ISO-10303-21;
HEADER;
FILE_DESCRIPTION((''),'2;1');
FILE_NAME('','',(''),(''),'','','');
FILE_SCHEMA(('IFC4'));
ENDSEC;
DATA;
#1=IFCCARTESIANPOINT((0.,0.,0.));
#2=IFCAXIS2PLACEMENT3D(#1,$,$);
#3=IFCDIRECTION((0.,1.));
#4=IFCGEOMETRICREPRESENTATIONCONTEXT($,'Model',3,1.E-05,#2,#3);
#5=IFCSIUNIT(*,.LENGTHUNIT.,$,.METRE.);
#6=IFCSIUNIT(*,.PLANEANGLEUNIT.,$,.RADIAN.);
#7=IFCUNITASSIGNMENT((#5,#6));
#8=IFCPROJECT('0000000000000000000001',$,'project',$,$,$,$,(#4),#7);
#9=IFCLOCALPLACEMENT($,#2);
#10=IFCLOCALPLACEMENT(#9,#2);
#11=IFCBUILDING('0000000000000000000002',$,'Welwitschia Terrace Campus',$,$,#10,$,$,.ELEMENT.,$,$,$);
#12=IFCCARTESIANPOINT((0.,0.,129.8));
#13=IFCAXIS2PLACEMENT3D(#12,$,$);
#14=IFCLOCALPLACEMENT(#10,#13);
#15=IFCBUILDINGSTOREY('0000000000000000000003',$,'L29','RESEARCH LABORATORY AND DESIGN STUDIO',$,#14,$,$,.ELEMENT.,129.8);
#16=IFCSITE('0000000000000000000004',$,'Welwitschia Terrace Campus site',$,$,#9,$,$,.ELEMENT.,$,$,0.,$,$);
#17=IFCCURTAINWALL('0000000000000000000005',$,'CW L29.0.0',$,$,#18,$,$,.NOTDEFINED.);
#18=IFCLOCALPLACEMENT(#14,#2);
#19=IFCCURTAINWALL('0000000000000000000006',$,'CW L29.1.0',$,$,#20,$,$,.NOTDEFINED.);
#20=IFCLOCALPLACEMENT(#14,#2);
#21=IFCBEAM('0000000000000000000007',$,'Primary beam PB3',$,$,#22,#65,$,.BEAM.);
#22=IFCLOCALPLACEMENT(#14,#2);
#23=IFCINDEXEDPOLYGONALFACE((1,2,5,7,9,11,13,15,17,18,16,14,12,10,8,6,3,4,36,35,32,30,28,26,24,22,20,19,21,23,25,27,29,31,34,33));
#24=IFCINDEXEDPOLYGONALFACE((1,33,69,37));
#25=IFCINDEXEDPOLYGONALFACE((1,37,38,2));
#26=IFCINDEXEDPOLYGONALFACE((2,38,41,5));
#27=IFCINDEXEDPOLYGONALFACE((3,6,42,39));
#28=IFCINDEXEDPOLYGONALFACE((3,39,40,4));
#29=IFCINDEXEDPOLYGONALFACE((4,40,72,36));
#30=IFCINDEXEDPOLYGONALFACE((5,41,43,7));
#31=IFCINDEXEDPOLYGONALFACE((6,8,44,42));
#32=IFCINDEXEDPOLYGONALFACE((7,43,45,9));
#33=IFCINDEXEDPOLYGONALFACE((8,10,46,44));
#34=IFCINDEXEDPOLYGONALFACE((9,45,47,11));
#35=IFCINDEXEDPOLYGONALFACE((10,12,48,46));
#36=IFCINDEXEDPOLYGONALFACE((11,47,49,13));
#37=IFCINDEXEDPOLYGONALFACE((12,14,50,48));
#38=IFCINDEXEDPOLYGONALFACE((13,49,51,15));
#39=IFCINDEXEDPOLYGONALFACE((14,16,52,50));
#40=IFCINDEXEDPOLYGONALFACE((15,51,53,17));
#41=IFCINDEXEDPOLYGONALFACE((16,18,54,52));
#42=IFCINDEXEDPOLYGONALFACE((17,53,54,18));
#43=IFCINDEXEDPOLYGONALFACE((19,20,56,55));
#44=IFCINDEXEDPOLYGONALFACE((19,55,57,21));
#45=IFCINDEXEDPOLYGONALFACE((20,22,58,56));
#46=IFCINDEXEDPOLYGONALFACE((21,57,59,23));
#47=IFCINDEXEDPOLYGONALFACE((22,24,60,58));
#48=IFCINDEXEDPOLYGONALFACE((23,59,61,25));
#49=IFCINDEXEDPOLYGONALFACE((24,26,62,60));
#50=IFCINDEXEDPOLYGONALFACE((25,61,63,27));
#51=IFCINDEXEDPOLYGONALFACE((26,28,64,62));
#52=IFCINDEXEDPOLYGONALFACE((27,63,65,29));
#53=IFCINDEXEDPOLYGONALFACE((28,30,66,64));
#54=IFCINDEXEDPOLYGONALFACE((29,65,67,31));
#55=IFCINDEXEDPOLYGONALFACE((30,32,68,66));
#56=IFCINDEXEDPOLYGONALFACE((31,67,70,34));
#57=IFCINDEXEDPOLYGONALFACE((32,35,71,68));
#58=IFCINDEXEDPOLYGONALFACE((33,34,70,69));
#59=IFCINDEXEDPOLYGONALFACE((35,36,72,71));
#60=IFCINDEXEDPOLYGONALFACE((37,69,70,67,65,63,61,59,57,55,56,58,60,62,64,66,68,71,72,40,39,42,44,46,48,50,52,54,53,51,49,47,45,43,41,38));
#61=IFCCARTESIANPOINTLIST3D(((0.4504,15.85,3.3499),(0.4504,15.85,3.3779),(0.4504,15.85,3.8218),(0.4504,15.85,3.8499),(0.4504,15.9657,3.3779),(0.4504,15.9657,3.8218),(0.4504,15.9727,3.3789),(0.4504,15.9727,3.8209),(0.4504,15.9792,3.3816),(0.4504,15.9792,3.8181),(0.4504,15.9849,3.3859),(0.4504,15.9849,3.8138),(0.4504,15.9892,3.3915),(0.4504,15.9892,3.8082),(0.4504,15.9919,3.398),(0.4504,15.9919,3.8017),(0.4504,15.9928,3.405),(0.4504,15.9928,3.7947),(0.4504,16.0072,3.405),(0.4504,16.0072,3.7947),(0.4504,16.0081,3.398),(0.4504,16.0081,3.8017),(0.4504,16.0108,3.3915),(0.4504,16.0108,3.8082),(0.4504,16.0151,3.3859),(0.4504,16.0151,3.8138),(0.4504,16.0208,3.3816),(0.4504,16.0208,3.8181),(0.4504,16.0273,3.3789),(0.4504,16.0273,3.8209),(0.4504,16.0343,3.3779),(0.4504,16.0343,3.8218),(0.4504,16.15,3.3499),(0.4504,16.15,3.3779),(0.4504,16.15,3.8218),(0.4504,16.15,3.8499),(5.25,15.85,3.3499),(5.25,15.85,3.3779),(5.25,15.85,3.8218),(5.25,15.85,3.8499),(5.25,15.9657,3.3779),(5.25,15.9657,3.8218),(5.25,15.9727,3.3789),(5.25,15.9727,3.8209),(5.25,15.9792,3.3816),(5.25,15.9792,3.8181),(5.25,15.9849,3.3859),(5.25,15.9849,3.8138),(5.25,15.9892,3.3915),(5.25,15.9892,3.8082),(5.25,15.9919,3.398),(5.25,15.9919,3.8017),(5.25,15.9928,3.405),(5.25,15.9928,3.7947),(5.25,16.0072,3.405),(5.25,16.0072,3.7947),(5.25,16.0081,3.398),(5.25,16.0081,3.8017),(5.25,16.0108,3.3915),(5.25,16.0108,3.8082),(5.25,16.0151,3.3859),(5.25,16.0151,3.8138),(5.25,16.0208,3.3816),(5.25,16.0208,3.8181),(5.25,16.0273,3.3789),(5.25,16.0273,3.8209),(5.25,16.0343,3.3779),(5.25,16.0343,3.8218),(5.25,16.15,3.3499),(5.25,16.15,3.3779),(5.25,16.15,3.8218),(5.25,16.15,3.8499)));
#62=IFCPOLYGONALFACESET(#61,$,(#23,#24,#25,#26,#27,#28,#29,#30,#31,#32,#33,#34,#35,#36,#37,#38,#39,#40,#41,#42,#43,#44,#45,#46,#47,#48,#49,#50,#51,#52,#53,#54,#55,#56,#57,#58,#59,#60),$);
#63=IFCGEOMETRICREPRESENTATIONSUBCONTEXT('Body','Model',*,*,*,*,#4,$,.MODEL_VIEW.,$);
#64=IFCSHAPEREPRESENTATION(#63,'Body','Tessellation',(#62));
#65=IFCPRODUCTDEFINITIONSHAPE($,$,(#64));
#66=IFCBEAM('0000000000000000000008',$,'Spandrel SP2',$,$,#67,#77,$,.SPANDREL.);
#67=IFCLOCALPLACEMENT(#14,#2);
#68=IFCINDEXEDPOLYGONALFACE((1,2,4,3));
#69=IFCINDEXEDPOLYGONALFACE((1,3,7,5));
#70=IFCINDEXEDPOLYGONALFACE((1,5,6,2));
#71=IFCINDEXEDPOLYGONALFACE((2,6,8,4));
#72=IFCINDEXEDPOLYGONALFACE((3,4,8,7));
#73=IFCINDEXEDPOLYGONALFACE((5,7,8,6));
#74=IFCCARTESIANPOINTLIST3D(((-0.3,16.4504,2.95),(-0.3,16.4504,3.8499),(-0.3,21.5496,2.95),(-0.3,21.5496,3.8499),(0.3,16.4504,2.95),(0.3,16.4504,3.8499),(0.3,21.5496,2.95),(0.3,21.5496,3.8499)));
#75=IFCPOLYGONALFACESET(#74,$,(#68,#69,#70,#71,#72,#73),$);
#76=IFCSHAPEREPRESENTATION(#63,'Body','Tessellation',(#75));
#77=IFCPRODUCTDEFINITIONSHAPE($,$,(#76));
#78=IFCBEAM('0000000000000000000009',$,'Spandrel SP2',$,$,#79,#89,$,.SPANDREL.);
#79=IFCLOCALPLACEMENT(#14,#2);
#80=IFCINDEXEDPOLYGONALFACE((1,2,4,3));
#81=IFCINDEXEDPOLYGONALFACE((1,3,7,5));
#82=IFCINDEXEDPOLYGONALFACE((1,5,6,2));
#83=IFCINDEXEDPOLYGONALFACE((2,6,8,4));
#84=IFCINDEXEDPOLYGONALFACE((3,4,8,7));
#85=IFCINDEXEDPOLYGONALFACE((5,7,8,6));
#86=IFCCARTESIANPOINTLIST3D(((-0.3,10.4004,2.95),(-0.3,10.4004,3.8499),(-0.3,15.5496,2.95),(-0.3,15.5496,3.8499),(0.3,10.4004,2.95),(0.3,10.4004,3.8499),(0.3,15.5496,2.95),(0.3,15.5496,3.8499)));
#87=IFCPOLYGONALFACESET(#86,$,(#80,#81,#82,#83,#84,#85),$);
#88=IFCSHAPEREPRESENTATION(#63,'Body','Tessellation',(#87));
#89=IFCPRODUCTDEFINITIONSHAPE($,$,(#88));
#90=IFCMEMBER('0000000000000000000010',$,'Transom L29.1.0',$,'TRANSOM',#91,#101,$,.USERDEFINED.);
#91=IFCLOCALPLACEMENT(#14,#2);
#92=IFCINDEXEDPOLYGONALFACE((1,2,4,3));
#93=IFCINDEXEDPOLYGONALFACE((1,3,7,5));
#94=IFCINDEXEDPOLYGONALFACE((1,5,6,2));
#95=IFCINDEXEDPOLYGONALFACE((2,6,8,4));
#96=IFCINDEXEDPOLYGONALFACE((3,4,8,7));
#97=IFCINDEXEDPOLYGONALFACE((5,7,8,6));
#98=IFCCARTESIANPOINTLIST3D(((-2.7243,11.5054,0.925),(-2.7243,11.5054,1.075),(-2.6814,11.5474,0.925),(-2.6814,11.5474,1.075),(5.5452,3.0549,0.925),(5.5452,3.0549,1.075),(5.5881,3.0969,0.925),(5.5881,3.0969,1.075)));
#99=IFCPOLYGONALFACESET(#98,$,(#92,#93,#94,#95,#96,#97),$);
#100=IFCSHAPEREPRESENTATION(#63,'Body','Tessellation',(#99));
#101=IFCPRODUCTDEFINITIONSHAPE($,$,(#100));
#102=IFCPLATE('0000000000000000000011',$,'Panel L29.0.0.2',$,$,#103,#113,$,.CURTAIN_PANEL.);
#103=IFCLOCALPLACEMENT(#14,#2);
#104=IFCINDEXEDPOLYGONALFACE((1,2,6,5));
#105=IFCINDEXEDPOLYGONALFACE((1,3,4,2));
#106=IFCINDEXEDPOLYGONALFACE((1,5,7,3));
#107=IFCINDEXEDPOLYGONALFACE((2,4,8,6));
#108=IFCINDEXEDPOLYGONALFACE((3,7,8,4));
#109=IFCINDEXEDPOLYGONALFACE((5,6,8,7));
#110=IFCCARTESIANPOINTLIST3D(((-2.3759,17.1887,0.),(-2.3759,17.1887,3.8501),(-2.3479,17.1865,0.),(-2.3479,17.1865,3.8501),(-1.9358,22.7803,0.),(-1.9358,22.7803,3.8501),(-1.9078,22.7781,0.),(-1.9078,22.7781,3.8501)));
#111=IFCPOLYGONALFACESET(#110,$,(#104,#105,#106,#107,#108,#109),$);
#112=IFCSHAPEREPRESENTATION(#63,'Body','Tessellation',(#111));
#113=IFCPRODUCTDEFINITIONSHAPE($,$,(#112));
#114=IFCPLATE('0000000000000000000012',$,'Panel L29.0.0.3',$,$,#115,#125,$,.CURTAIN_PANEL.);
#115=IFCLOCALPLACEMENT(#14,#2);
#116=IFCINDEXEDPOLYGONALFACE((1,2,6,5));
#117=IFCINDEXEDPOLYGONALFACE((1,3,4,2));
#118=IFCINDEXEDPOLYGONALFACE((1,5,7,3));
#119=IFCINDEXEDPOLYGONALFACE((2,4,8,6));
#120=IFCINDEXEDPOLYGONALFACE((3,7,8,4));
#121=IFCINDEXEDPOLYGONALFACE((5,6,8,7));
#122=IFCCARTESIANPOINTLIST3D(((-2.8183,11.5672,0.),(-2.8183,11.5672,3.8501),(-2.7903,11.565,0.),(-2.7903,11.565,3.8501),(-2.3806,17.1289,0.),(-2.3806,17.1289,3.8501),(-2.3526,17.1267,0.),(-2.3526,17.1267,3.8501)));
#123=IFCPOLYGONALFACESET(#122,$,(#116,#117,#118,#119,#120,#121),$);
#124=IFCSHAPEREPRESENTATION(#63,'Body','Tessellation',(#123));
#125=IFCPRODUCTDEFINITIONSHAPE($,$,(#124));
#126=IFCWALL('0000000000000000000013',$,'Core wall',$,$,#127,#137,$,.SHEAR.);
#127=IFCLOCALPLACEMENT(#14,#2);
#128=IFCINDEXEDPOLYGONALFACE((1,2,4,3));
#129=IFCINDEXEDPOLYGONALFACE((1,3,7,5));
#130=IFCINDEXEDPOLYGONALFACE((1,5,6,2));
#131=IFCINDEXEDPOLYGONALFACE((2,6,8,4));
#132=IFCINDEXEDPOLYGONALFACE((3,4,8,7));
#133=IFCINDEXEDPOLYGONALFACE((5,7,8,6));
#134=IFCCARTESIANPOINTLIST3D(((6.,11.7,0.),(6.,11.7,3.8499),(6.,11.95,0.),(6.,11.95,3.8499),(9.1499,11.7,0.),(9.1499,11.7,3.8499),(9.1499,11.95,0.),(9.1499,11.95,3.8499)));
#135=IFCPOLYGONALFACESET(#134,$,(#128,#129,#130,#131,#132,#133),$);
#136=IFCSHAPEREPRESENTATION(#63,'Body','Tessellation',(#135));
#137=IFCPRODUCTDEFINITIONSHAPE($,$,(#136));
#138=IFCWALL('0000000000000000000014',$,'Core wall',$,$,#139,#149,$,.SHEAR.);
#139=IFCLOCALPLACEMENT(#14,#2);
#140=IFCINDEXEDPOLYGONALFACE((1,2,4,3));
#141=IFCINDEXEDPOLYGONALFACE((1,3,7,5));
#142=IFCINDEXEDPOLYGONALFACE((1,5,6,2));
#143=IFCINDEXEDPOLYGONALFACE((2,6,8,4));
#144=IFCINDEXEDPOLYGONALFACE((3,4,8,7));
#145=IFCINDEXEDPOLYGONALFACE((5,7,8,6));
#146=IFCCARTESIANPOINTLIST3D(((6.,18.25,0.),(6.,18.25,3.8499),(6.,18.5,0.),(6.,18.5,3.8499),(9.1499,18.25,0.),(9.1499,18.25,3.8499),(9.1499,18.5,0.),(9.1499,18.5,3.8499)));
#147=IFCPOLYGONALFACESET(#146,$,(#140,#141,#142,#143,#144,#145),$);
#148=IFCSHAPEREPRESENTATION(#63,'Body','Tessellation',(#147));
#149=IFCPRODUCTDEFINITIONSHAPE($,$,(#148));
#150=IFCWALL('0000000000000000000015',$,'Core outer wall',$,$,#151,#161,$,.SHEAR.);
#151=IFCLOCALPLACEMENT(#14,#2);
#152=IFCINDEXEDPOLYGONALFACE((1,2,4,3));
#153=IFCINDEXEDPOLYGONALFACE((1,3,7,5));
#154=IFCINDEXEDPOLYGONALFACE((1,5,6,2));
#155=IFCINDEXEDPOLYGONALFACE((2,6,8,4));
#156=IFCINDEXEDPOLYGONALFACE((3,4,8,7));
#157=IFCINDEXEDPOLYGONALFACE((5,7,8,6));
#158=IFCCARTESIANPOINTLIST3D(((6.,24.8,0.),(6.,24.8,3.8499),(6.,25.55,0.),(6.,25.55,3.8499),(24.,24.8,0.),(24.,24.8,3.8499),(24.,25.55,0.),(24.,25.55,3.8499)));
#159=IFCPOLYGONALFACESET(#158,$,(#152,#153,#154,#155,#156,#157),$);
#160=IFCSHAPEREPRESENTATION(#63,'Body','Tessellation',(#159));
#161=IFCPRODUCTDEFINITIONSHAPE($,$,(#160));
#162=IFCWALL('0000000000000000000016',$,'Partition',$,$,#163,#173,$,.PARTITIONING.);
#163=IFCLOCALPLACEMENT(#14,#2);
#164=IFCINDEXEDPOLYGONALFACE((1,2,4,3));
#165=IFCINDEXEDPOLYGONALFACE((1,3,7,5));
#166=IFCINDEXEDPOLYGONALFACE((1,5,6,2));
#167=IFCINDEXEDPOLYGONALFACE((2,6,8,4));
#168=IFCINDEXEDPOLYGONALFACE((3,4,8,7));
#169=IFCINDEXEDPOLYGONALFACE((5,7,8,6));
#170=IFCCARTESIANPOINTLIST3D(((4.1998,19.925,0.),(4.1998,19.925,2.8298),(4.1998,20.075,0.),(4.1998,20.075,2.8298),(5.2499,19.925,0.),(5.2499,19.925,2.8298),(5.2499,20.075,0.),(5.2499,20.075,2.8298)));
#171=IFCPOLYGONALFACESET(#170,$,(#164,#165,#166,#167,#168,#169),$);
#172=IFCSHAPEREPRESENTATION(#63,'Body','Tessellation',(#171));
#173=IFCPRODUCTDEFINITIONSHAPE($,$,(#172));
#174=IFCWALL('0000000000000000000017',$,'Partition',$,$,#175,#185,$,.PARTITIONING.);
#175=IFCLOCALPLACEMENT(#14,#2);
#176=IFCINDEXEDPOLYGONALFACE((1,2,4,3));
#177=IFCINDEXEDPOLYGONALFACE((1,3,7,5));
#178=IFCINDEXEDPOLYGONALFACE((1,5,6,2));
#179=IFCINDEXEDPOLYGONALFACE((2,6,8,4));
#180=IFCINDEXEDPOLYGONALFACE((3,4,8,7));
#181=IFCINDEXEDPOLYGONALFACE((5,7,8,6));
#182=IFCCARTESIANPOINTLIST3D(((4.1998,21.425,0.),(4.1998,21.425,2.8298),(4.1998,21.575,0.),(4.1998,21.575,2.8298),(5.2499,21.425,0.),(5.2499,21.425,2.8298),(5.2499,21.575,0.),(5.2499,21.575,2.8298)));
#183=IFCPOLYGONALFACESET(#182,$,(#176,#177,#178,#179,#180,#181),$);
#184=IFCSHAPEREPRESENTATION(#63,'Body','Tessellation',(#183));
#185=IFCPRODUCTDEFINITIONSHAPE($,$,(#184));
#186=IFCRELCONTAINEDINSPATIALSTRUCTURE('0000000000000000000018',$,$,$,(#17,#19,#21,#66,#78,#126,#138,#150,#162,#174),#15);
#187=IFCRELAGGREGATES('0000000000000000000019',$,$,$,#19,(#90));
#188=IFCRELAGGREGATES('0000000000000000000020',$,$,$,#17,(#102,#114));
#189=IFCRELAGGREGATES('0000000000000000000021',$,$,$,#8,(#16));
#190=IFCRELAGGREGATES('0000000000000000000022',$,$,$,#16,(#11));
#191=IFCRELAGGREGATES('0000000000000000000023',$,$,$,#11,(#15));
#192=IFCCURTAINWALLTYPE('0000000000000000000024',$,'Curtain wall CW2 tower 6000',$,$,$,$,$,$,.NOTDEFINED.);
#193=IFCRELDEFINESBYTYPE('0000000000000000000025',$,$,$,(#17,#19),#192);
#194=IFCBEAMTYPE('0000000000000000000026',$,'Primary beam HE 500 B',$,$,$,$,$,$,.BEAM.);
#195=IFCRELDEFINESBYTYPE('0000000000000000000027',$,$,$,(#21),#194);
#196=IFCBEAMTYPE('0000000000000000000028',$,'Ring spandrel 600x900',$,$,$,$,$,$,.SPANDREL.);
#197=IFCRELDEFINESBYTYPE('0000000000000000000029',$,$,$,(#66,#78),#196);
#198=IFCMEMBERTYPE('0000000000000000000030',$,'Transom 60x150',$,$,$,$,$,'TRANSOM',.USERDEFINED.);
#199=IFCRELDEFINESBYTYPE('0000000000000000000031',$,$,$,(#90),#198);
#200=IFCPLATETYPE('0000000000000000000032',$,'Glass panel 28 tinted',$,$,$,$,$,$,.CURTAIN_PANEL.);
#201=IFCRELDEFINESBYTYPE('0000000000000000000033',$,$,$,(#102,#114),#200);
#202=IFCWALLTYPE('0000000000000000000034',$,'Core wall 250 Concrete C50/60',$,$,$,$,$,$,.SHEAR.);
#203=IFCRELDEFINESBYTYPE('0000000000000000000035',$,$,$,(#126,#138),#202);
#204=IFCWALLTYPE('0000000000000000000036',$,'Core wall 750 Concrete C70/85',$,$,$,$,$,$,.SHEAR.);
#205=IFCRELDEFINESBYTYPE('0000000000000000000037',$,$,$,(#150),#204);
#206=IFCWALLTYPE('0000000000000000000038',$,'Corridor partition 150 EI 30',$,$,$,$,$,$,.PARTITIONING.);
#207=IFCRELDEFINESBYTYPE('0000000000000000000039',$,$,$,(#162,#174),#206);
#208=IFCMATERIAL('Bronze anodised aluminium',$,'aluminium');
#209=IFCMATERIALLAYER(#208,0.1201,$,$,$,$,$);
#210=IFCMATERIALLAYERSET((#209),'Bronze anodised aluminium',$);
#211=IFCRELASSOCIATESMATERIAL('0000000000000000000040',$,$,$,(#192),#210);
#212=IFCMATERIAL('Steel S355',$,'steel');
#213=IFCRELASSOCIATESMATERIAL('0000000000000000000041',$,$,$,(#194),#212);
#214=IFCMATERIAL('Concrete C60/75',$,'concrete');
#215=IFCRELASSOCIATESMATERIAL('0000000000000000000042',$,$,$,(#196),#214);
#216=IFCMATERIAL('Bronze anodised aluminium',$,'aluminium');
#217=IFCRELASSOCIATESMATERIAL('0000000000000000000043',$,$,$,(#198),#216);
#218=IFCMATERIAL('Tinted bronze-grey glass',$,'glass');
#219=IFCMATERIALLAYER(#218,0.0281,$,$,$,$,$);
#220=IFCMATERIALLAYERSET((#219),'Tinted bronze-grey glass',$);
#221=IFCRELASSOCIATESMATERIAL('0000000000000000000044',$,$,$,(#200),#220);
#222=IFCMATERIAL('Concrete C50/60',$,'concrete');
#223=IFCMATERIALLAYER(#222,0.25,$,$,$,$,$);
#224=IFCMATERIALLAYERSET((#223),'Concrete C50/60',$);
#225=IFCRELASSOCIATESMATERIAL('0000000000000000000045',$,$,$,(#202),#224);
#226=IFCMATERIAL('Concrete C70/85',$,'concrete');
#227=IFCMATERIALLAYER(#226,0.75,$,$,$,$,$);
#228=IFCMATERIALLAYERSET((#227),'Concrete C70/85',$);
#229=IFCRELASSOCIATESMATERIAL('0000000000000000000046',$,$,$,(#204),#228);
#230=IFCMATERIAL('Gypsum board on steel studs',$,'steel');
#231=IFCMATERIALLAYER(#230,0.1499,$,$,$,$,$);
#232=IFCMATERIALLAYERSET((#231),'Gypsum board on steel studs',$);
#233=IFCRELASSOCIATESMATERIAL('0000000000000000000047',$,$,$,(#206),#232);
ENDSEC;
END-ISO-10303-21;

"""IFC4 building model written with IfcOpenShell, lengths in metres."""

from ifc_helpers import new_model, si_unit, direction, frame, frame_2d, origin, origin_2d, place, context, subcontext, project, spatial, rectangle, i_section, extrude, material, layer, layer_set, material_profile, profile_set, type_object, element, aggregate, save


model = new_model("IFC4")

# Units and contexts
model_context = context("Model", 3, precision=1e-05, world=origin(), true_north=direction((0.0, 1.0)))
body_context = subcontext(model_context, "Body", "Model", "MODEL_VIEW")
ifc_project = project(units=[si_unit("LENGTHUNIT", "METRE"), si_unit("PLANEANGLEUNIT", "RADIAN")], contexts=[model_context])

# Site, building, storey
site_placement = place(None, origin())
site = spatial("IfcSite", under=ifc_project, at=site_placement, Name="Welwitschia Terrace Campus site", CompositionType="ELEMENT", RefElevation=0.0)
building_placement = place(site_placement, origin())
building = spatial("IfcBuilding", under=site, at=building_placement, Name="Welwitschia Terrace Campus", CompositionType="ELEMENT")
storey_placement = place(building_placement, frame((0.0, 0.0, 129.8)))
storey = spatial("IfcBuildingStorey", under=building, at=storey_placement, Name="L29", Description="RESEARCH LABORATORY AND DESIGN STUDIO", CompositionType="ELEMENT", Elevation=129.8)

# Curtain wall
ifc_material_1 = material(Name="Bronze anodised aluminium", Category="aluminium")
ifc_layer_1 = layer(ifc_material_1, 0.1201)
ifc_layer_set_1 = layer_set([ifc_layer_1], Name="Bronze anodised aluminium")
curtain_wall_type = type_object("IfcCurtainWallType", Name="Curtain wall CW2 tower 6000", PredefinedType="NOTDEFINED", material=ifc_layer_set_1)
curtain_wall_1_placement = place(storey_placement, origin())
curtain_wall_1 = element("IfcCurtainWall", 1, at=curtain_wall_1_placement, inside=storey, type_object=curtain_wall_type, Name="CW L29.0.0", PredefinedType="NOTDEFINED")

# Curtain wall
curtain_wall_2_placement = place(storey_placement, origin())
curtain_wall_2 = element("IfcCurtainWall", 2, at=curtain_wall_2_placement, inside=storey, type_object=curtain_wall_type, Name="CW L29.1.0", PredefinedType="NOTDEFINED")

# Beams
ifc_material_2 = material(Name="Steel S355", Category="steel")
ifc_material_profile_1 = material_profile(ifc_material_2, i_section(OverallWidth=0.3, OverallDepth=0.5, WebThickness=0.0144, FlangeThickness=0.0281, FilletRadius=0.0271, at=origin_2d()))
ifc_profile_set_1 = profile_set([ifc_material_profile_1], Name="Steel S355")
beam_type_1 = type_object("IfcBeamType", Name="Primary beam HE 500 B", PredefinedType="BEAM", material=ifc_profile_set_1)
beam_1_placement = place(storey_placement, frame((0.4504, 16.0, 3.5999), z_axis=(1.0, 0.0, 0.0), x_axis=(0.0, 1.0, 0.0)))
element("IfcBeam", 3, at=beam_1_placement, inside=storey, type_object=beam_type_1, Name="Primary beam PB3", PredefinedType="BEAM", context=body_context, shape_type="SweptSolid", body=[
    extrude(i_section(OverallWidth=0.3, OverallDepth=0.5, WebThickness=0.0144, FlangeThickness=0.0281, FilletRadius=0.0271, at=origin_2d()), origin(), (0.0, 0.0, 1.0), 4.7996),
])
ifc_material_3 = material(Name="Concrete C60/75", Category="concrete")
ifc_material_profile_2 = material_profile(ifc_material_3, rectangle(XDim=0.6001, YDim=0.8999, at=origin_2d()))
ifc_profile_set_2 = profile_set([ifc_material_profile_2], Name="Concrete C60/75")
beam_type_2 = type_object("IfcBeamType", Name="Ring spandrel 600x900", PredefinedType="SPANDREL", material=ifc_profile_set_2)
beam_2_placement = place(storey_placement, frame((0.0, 21.5496, 3.3999), z_axis=(0.0, -1.0, 0.0), x_axis=(1.0, 0.0, 0.0)))
element("IfcBeam", 4, at=beam_2_placement, inside=storey, type_object=beam_type_2, Name="Spandrel SP2", PredefinedType="SPANDREL", context=body_context, shape_type="SweptSolid", body=[
    extrude(rectangle(XDim=0.6001, YDim=0.8999, at=origin_2d()), origin(), (0.0, 0.0, 1.0), 5.0991),
])
beam_3_placement = place(storey_placement, frame((0.0, 15.5496, 3.3999), z_axis=(0.0, -1.0, 0.0), x_axis=(1.0, 0.0, 0.0)))
element("IfcBeam", 5, at=beam_3_placement, inside=storey, type_object=beam_type_2, Name="Spandrel SP2", PredefinedType="SPANDREL", context=body_context, shape_type="SweptSolid", body=[
    extrude(rectangle(XDim=0.6001, YDim=0.8999, at=origin_2d()), origin(), (0.0, 0.0, 1.0), 5.1492),
])

# Member
ifc_material_4 = material(Name="Bronze anodised aluminium", Category="aluminium")
ifc_material_profile_3 = material_profile(ifc_material_4, rectangle(XDim=0.0601, YDim=0.1499, at=origin_2d()))
ifc_profile_set_3 = profile_set([ifc_material_profile_3], Name="Bronze anodised aluminium")
member_type_1 = type_object("IfcMemberType", Name="Transom 60x150", ElementType="TRANSOM", PredefinedType="USERDEFINED", material=ifc_profile_set_3)
member_1_placement = place(storey_placement, frame((-2.7029, 11.5264, 1.0), z_axis=(0.699415, -0.714716, 0.0), x_axis=(0.714716, 0.699415, 0.0)))
member_1 = element("IfcMember", 6, at=member_1_placement, type_object=member_type_1, Name="Transom L29.1.0", ObjectType="TRANSOM", PredefinedType="USERDEFINED", context=body_context, shape_type="SweptSolid", body=[
    extrude(rectangle(XDim=0.0601, YDim=0.1499, at=origin_2d()), origin(), (0.0, 0.0, 1.0), 11.8235),
])
aggregate(curtain_wall_2, [member_1])

# Plates
ifc_material_5 = material(Name="Tinted bronze-grey glass", Category="glass")
ifc_layer_2 = layer(ifc_material_5, 0.0281)
ifc_layer_set_2 = layer_set([ifc_layer_2], Name="Tinted bronze-grey glass")
plate_type = type_object("IfcPlateType", Name="Glass panel 28 tinted", PredefinedType="CURTAIN_PANEL", material=ifc_layer_set_2)
plate_1_placement = place(storey_placement, frame((-2.1418, 19.9834, 0.0), z_axis=(0.0, 0.0, 1.0), x_axis=(-0.078459, -0.996917, 0.0)))
plate_1 = element("IfcPlate", 7, at=plate_1_placement, type_object=plate_type, Name="Panel L29.0.0.2", PredefinedType="CURTAIN_PANEL", context=body_context, shape_type="SweptSolid", body=[
    extrude(rectangle(XDim=5.6089, YDim=0.0281, at=origin_2d()), origin(), (0.0, 0.0, 1.0), 3.8501),
])
plate_2_placement = place(storey_placement, frame((-2.5854, 14.3469, 0.0), z_axis=(0.0, 0.0, 1.0), x_axis=(-0.078459, -0.996917, 0.0)))
plate_2 = element("IfcPlate", 8, at=plate_2_placement, type_object=plate_type, Name="Panel L29.0.0.3", PredefinedType="CURTAIN_PANEL", context=body_context, shape_type="SweptSolid", body=[
    extrude(rectangle(XDim=5.5789, YDim=0.0281, at=origin_2d()), origin(), (0.0, 0.0, 1.0), 3.8501),
])
aggregate(curtain_wall_1, [plate_1, plate_2])

# Walls
ifc_material_6 = material(Name="Concrete C50/60", Category="concrete")
ifc_layer_3 = layer(ifc_material_6, 0.25)
ifc_layer_set_3 = layer_set([ifc_layer_3], Name="Concrete C50/60")
wall_type_1 = type_object("IfcWallType", Name="Core wall 250 Concrete C50/60", PredefinedType="SHEAR", material=ifc_layer_set_3)
for number, where, z_axis, x_axis, name in (
    (9, (6.0, 11.825, 0.0), (0.0, 0.0, 1.0), (1.0, 0.0, 0.0), "Core wall"),
    (10, (6.0, 18.375, 0.0), (0.0, 0.0, 1.0), (1.0, 0.0, 0.0), "Core wall"),
):
    element("IfcWall", number, at=place(storey_placement, frame(where, z_axis=z_axis, x_axis=x_axis)), inside=storey, type_object=wall_type_1, Name=name, PredefinedType="SHEAR", context=body_context, shape_type="SweptSolid", body=[
        extrude(rectangle(XDim=3.1499, YDim=0.25, at=frame_2d((1.575, 0.0))), origin(), (0.0, 0.0, 1.0), 3.8499),
    ])
ifc_material_7 = material(Name="Concrete C70/85", Category="concrete")
ifc_layer_4 = layer(ifc_material_7, 0.75)
ifc_layer_set_4 = layer_set([ifc_layer_4], Name="Concrete C70/85")
wall_type_2 = type_object("IfcWallType", Name="Core wall 750 Concrete C70/85", PredefinedType="SHEAR", material=ifc_layer_set_4)
wall_placement = place(storey_placement, frame((6.0, 25.175, 0.0), z_axis=(0.0, 0.0, 1.0), x_axis=(1.0, 0.0, 0.0)))
element("IfcWall", 11, at=wall_placement, inside=storey, type_object=wall_type_2, Name="Core outer wall", PredefinedType="SHEAR", context=body_context, shape_type="SweptSolid", body=[
    extrude(rectangle(XDim=18.0, YDim=0.75, at=frame_2d((9.0, 0.0))), origin(), (0.0, 0.0, 1.0), 3.8499),
])
ifc_material_8 = material(Name="Gypsum board on steel studs", Category="steel")
ifc_layer_5 = layer(ifc_material_8, 0.1499)
ifc_layer_set_5 = layer_set([ifc_layer_5], Name="Gypsum board on steel studs")
wall_type_3 = type_object("IfcWallType", Name="Corridor partition 150 EI 30", PredefinedType="PARTITIONING", material=ifc_layer_set_5)
for number, where, z_axis, x_axis, name in (
    (12, (4.2, 20.0, 0.0), (0.0, 0.0, 1.0), (1.0, 0.0, 0.0), "Partition"),
    (13, (4.2, 21.5, 0.0), (0.0, 0.0, 1.0), (1.0, 0.0, 0.0), "Partition"),
):
    element("IfcWall", number, at=place(storey_placement, frame(where, z_axis=z_axis, x_axis=x_axis)), inside=storey, type_object=wall_type_3, Name=name, PredefinedType="PARTITIONING", context=body_context, shape_type="SweptSolid", body=[
        extrude(rectangle(XDim=1.05, YDim=0.1499, at=frame_2d((0.5249, 0.0))), origin(), (0.0, 0.0, 1.0), 2.8298),
    ])

save(model, "model.ifc")
